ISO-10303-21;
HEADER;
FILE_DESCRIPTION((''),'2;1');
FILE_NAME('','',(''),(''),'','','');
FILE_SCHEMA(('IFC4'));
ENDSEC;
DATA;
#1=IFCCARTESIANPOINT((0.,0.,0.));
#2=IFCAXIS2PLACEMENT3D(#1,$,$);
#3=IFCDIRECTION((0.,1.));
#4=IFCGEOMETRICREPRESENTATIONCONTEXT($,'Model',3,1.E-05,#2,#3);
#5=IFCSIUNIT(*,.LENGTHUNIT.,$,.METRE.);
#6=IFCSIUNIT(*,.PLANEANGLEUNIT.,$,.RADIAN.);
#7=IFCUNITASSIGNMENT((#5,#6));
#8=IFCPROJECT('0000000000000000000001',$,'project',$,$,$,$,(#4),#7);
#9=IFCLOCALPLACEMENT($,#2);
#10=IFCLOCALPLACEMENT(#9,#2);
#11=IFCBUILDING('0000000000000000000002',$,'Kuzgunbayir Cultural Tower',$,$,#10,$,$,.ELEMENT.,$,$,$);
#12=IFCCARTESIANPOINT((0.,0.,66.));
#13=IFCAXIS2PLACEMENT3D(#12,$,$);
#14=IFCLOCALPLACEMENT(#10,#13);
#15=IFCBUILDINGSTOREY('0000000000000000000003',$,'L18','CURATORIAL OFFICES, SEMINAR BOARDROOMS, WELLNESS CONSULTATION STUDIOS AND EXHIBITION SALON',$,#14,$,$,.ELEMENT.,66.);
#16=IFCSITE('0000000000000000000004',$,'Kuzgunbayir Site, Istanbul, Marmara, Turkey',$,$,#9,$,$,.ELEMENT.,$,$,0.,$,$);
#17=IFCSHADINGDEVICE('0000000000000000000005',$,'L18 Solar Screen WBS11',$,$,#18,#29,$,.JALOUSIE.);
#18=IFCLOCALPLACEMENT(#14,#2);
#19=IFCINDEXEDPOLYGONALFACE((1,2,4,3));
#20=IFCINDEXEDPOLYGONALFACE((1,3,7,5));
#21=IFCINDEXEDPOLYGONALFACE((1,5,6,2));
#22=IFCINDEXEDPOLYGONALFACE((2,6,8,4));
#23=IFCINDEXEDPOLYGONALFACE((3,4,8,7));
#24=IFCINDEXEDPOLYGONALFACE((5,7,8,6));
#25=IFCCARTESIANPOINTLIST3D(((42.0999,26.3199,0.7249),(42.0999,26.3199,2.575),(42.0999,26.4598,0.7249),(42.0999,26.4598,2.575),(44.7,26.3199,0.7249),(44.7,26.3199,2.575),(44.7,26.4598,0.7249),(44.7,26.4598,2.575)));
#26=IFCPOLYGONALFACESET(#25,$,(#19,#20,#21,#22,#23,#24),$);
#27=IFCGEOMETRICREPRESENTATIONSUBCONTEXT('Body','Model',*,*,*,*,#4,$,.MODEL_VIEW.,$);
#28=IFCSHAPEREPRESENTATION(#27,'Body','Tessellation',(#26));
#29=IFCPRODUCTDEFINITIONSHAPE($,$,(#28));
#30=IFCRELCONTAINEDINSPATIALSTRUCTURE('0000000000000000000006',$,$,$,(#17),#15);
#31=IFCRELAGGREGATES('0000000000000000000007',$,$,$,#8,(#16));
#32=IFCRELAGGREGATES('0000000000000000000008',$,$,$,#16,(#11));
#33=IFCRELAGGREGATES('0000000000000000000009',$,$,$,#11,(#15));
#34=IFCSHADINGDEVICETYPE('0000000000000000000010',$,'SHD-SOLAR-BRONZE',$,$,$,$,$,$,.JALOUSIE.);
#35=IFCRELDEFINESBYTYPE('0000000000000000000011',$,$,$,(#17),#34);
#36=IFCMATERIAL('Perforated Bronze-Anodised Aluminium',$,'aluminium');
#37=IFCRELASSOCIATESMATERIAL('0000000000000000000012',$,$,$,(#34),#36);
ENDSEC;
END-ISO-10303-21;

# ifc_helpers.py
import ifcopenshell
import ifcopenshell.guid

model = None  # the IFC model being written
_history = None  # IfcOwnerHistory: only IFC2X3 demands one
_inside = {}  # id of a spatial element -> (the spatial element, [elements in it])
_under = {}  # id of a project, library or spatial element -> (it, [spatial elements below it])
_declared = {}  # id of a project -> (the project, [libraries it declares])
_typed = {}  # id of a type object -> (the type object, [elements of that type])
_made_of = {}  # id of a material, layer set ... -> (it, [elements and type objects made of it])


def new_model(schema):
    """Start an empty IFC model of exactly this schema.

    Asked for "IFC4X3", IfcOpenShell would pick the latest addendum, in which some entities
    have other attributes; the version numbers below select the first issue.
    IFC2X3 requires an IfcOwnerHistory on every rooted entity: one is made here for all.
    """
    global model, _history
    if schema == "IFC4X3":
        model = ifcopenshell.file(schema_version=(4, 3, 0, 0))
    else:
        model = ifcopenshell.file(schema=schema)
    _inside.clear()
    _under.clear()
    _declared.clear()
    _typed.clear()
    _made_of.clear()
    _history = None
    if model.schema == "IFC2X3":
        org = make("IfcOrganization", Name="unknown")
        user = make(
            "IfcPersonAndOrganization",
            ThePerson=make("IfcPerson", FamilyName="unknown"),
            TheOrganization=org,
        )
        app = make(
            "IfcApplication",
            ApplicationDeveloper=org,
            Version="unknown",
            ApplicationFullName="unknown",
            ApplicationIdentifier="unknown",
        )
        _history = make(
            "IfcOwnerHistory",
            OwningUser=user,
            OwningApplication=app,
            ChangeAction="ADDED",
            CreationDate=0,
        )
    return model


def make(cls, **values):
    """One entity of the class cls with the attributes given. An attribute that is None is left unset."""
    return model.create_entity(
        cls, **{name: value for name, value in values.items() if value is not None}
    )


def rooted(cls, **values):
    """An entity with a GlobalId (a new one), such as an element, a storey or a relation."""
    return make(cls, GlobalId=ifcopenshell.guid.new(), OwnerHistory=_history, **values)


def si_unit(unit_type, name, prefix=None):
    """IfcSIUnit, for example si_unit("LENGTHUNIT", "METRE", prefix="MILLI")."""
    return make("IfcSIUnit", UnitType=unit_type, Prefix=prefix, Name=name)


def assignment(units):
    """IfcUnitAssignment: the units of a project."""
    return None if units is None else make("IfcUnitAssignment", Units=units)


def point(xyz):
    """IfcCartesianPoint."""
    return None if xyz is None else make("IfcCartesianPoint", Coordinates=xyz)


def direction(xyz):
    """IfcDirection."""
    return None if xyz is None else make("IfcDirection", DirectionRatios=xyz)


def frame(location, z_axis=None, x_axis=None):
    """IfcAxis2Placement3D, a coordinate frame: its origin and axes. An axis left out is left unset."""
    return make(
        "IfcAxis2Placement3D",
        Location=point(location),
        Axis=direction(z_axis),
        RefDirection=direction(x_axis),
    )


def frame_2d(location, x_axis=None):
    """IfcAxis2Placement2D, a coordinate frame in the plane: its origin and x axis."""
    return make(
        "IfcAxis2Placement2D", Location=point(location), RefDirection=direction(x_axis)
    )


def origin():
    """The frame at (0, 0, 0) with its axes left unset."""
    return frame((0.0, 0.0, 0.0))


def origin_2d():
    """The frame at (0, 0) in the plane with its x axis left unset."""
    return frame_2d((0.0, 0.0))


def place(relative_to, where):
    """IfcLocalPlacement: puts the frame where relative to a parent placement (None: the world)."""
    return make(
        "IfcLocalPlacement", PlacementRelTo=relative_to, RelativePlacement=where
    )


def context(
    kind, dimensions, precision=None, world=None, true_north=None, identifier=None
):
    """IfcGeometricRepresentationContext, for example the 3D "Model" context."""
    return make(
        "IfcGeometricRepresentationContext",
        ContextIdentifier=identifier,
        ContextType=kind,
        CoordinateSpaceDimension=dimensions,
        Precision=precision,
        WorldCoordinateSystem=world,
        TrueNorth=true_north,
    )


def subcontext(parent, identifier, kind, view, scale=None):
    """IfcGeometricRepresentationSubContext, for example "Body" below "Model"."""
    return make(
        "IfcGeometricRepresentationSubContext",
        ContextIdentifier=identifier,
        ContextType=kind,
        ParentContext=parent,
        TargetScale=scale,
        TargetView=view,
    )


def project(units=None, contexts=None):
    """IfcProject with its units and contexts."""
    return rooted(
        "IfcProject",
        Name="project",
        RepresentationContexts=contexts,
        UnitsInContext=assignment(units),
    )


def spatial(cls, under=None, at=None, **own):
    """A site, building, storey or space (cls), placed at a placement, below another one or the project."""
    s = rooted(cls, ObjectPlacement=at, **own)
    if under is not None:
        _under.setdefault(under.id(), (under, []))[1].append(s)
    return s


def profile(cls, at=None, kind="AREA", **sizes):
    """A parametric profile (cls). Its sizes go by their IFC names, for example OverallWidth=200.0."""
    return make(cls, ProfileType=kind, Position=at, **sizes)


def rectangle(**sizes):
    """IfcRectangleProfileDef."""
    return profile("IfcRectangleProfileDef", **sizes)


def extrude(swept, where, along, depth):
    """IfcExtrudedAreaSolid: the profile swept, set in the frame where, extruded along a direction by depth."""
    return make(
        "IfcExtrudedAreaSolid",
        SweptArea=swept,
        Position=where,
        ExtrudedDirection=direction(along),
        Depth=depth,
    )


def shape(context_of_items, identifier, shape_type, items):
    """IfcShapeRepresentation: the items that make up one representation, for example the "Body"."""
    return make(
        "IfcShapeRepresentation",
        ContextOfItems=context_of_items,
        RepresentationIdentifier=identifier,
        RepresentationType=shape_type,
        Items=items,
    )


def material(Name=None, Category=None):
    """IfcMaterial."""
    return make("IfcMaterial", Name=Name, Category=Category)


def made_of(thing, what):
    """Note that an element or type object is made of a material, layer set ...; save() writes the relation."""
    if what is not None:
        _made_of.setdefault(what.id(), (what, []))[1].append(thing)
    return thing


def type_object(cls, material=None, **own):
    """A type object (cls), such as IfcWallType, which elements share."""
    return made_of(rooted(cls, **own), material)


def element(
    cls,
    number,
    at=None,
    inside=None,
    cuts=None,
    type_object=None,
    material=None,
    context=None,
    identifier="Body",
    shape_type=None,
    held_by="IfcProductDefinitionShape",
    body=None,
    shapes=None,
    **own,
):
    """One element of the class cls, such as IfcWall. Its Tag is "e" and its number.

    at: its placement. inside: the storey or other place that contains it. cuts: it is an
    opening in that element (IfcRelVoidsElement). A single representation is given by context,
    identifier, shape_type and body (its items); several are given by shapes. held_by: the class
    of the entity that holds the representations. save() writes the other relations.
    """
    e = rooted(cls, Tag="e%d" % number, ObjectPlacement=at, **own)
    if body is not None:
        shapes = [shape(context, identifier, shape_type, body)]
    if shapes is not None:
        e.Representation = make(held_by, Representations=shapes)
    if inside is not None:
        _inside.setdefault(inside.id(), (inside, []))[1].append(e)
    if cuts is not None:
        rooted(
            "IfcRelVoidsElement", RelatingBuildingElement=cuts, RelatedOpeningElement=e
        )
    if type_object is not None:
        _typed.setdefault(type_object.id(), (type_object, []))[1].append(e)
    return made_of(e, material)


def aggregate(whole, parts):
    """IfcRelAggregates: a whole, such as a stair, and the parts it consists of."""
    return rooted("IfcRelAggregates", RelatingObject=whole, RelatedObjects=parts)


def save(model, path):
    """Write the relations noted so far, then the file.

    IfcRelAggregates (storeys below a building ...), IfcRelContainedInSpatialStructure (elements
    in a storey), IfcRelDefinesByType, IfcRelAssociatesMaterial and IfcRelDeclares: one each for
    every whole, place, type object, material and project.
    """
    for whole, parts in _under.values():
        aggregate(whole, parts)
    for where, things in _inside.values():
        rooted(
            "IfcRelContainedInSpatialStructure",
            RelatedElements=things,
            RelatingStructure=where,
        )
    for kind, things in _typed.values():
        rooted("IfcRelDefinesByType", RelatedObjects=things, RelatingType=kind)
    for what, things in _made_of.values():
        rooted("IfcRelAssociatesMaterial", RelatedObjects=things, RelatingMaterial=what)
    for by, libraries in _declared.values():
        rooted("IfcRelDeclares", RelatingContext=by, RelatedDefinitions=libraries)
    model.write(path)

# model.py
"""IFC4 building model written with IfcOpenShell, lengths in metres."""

from ifc_helpers import new_model, si_unit, direction, frame, origin, origin_2d, place, context, subcontext, project, spatial, rectangle, extrude, material, type_object, element, save


model = new_model("IFC4")

# Units and contexts
model_context = context("Model", 3, precision=1e-05, world=origin(), true_north=direction((0.0, 1.0)))
body_context = subcontext(model_context, "Body", "Model", "MODEL_VIEW")
ifc_project = project(units=[si_unit("LENGTHUNIT", "METRE"), si_unit("PLANEANGLEUNIT", "RADIAN")], contexts=[model_context])

# Site, building, storey
site_placement = place(None, origin())
site = spatial("IfcSite", under=ifc_project, at=site_placement, Name="Kuzgunbayir Site, Istanbul, Marmara, Turkey", CompositionType="ELEMENT", RefElevation=0.0)
building_placement = place(site_placement, origin())
building = spatial("IfcBuilding", under=site, at=building_placement, Name="Kuzgunbayir Cultural Tower", CompositionType="ELEMENT")
storey_placement = place(building_placement, frame((0.0, 0.0, 66.0)))
storey = spatial("IfcBuildingStorey", under=building, at=storey_placement, Name="L18", Description="CURATORIAL OFFICES, SEMINAR BOARDROOMS, WELLNESS CONSULTATION STUDIOS AND EXHIBITION SALON", CompositionType="ELEMENT", Elevation=66.0)

# Shading device
ifc_material_1 = material(Name="Perforated Bronze-Anodised Aluminium", Category="aluminium")
shading_device_type = type_object("IfcShadingDeviceType", Name="SHD-SOLAR-BRONZE", PredefinedType="JALOUSIE", material=ifc_material_1)
shading_device_placement = place(storey_placement, frame((43.3999, 26.3899, 0.7249), z_axis=(0.0, 0.0, 1.0), x_axis=(1.0, 0.0, 0.0)))
element("IfcShadingDevice", 1, at=shading_device_placement, inside=storey, type_object=shading_device_type, Name="L18 Solar Screen WBS11", PredefinedType="JALOUSIE", context=body_context, shape_type="SweptSolid", body=[
    extrude(rectangle(XDim=2.6001, YDim=0.1399, at=origin_2d()), origin(), (0.0, 0.0, 1.0), 1.8501),
])

save(model, "model.ifc")
